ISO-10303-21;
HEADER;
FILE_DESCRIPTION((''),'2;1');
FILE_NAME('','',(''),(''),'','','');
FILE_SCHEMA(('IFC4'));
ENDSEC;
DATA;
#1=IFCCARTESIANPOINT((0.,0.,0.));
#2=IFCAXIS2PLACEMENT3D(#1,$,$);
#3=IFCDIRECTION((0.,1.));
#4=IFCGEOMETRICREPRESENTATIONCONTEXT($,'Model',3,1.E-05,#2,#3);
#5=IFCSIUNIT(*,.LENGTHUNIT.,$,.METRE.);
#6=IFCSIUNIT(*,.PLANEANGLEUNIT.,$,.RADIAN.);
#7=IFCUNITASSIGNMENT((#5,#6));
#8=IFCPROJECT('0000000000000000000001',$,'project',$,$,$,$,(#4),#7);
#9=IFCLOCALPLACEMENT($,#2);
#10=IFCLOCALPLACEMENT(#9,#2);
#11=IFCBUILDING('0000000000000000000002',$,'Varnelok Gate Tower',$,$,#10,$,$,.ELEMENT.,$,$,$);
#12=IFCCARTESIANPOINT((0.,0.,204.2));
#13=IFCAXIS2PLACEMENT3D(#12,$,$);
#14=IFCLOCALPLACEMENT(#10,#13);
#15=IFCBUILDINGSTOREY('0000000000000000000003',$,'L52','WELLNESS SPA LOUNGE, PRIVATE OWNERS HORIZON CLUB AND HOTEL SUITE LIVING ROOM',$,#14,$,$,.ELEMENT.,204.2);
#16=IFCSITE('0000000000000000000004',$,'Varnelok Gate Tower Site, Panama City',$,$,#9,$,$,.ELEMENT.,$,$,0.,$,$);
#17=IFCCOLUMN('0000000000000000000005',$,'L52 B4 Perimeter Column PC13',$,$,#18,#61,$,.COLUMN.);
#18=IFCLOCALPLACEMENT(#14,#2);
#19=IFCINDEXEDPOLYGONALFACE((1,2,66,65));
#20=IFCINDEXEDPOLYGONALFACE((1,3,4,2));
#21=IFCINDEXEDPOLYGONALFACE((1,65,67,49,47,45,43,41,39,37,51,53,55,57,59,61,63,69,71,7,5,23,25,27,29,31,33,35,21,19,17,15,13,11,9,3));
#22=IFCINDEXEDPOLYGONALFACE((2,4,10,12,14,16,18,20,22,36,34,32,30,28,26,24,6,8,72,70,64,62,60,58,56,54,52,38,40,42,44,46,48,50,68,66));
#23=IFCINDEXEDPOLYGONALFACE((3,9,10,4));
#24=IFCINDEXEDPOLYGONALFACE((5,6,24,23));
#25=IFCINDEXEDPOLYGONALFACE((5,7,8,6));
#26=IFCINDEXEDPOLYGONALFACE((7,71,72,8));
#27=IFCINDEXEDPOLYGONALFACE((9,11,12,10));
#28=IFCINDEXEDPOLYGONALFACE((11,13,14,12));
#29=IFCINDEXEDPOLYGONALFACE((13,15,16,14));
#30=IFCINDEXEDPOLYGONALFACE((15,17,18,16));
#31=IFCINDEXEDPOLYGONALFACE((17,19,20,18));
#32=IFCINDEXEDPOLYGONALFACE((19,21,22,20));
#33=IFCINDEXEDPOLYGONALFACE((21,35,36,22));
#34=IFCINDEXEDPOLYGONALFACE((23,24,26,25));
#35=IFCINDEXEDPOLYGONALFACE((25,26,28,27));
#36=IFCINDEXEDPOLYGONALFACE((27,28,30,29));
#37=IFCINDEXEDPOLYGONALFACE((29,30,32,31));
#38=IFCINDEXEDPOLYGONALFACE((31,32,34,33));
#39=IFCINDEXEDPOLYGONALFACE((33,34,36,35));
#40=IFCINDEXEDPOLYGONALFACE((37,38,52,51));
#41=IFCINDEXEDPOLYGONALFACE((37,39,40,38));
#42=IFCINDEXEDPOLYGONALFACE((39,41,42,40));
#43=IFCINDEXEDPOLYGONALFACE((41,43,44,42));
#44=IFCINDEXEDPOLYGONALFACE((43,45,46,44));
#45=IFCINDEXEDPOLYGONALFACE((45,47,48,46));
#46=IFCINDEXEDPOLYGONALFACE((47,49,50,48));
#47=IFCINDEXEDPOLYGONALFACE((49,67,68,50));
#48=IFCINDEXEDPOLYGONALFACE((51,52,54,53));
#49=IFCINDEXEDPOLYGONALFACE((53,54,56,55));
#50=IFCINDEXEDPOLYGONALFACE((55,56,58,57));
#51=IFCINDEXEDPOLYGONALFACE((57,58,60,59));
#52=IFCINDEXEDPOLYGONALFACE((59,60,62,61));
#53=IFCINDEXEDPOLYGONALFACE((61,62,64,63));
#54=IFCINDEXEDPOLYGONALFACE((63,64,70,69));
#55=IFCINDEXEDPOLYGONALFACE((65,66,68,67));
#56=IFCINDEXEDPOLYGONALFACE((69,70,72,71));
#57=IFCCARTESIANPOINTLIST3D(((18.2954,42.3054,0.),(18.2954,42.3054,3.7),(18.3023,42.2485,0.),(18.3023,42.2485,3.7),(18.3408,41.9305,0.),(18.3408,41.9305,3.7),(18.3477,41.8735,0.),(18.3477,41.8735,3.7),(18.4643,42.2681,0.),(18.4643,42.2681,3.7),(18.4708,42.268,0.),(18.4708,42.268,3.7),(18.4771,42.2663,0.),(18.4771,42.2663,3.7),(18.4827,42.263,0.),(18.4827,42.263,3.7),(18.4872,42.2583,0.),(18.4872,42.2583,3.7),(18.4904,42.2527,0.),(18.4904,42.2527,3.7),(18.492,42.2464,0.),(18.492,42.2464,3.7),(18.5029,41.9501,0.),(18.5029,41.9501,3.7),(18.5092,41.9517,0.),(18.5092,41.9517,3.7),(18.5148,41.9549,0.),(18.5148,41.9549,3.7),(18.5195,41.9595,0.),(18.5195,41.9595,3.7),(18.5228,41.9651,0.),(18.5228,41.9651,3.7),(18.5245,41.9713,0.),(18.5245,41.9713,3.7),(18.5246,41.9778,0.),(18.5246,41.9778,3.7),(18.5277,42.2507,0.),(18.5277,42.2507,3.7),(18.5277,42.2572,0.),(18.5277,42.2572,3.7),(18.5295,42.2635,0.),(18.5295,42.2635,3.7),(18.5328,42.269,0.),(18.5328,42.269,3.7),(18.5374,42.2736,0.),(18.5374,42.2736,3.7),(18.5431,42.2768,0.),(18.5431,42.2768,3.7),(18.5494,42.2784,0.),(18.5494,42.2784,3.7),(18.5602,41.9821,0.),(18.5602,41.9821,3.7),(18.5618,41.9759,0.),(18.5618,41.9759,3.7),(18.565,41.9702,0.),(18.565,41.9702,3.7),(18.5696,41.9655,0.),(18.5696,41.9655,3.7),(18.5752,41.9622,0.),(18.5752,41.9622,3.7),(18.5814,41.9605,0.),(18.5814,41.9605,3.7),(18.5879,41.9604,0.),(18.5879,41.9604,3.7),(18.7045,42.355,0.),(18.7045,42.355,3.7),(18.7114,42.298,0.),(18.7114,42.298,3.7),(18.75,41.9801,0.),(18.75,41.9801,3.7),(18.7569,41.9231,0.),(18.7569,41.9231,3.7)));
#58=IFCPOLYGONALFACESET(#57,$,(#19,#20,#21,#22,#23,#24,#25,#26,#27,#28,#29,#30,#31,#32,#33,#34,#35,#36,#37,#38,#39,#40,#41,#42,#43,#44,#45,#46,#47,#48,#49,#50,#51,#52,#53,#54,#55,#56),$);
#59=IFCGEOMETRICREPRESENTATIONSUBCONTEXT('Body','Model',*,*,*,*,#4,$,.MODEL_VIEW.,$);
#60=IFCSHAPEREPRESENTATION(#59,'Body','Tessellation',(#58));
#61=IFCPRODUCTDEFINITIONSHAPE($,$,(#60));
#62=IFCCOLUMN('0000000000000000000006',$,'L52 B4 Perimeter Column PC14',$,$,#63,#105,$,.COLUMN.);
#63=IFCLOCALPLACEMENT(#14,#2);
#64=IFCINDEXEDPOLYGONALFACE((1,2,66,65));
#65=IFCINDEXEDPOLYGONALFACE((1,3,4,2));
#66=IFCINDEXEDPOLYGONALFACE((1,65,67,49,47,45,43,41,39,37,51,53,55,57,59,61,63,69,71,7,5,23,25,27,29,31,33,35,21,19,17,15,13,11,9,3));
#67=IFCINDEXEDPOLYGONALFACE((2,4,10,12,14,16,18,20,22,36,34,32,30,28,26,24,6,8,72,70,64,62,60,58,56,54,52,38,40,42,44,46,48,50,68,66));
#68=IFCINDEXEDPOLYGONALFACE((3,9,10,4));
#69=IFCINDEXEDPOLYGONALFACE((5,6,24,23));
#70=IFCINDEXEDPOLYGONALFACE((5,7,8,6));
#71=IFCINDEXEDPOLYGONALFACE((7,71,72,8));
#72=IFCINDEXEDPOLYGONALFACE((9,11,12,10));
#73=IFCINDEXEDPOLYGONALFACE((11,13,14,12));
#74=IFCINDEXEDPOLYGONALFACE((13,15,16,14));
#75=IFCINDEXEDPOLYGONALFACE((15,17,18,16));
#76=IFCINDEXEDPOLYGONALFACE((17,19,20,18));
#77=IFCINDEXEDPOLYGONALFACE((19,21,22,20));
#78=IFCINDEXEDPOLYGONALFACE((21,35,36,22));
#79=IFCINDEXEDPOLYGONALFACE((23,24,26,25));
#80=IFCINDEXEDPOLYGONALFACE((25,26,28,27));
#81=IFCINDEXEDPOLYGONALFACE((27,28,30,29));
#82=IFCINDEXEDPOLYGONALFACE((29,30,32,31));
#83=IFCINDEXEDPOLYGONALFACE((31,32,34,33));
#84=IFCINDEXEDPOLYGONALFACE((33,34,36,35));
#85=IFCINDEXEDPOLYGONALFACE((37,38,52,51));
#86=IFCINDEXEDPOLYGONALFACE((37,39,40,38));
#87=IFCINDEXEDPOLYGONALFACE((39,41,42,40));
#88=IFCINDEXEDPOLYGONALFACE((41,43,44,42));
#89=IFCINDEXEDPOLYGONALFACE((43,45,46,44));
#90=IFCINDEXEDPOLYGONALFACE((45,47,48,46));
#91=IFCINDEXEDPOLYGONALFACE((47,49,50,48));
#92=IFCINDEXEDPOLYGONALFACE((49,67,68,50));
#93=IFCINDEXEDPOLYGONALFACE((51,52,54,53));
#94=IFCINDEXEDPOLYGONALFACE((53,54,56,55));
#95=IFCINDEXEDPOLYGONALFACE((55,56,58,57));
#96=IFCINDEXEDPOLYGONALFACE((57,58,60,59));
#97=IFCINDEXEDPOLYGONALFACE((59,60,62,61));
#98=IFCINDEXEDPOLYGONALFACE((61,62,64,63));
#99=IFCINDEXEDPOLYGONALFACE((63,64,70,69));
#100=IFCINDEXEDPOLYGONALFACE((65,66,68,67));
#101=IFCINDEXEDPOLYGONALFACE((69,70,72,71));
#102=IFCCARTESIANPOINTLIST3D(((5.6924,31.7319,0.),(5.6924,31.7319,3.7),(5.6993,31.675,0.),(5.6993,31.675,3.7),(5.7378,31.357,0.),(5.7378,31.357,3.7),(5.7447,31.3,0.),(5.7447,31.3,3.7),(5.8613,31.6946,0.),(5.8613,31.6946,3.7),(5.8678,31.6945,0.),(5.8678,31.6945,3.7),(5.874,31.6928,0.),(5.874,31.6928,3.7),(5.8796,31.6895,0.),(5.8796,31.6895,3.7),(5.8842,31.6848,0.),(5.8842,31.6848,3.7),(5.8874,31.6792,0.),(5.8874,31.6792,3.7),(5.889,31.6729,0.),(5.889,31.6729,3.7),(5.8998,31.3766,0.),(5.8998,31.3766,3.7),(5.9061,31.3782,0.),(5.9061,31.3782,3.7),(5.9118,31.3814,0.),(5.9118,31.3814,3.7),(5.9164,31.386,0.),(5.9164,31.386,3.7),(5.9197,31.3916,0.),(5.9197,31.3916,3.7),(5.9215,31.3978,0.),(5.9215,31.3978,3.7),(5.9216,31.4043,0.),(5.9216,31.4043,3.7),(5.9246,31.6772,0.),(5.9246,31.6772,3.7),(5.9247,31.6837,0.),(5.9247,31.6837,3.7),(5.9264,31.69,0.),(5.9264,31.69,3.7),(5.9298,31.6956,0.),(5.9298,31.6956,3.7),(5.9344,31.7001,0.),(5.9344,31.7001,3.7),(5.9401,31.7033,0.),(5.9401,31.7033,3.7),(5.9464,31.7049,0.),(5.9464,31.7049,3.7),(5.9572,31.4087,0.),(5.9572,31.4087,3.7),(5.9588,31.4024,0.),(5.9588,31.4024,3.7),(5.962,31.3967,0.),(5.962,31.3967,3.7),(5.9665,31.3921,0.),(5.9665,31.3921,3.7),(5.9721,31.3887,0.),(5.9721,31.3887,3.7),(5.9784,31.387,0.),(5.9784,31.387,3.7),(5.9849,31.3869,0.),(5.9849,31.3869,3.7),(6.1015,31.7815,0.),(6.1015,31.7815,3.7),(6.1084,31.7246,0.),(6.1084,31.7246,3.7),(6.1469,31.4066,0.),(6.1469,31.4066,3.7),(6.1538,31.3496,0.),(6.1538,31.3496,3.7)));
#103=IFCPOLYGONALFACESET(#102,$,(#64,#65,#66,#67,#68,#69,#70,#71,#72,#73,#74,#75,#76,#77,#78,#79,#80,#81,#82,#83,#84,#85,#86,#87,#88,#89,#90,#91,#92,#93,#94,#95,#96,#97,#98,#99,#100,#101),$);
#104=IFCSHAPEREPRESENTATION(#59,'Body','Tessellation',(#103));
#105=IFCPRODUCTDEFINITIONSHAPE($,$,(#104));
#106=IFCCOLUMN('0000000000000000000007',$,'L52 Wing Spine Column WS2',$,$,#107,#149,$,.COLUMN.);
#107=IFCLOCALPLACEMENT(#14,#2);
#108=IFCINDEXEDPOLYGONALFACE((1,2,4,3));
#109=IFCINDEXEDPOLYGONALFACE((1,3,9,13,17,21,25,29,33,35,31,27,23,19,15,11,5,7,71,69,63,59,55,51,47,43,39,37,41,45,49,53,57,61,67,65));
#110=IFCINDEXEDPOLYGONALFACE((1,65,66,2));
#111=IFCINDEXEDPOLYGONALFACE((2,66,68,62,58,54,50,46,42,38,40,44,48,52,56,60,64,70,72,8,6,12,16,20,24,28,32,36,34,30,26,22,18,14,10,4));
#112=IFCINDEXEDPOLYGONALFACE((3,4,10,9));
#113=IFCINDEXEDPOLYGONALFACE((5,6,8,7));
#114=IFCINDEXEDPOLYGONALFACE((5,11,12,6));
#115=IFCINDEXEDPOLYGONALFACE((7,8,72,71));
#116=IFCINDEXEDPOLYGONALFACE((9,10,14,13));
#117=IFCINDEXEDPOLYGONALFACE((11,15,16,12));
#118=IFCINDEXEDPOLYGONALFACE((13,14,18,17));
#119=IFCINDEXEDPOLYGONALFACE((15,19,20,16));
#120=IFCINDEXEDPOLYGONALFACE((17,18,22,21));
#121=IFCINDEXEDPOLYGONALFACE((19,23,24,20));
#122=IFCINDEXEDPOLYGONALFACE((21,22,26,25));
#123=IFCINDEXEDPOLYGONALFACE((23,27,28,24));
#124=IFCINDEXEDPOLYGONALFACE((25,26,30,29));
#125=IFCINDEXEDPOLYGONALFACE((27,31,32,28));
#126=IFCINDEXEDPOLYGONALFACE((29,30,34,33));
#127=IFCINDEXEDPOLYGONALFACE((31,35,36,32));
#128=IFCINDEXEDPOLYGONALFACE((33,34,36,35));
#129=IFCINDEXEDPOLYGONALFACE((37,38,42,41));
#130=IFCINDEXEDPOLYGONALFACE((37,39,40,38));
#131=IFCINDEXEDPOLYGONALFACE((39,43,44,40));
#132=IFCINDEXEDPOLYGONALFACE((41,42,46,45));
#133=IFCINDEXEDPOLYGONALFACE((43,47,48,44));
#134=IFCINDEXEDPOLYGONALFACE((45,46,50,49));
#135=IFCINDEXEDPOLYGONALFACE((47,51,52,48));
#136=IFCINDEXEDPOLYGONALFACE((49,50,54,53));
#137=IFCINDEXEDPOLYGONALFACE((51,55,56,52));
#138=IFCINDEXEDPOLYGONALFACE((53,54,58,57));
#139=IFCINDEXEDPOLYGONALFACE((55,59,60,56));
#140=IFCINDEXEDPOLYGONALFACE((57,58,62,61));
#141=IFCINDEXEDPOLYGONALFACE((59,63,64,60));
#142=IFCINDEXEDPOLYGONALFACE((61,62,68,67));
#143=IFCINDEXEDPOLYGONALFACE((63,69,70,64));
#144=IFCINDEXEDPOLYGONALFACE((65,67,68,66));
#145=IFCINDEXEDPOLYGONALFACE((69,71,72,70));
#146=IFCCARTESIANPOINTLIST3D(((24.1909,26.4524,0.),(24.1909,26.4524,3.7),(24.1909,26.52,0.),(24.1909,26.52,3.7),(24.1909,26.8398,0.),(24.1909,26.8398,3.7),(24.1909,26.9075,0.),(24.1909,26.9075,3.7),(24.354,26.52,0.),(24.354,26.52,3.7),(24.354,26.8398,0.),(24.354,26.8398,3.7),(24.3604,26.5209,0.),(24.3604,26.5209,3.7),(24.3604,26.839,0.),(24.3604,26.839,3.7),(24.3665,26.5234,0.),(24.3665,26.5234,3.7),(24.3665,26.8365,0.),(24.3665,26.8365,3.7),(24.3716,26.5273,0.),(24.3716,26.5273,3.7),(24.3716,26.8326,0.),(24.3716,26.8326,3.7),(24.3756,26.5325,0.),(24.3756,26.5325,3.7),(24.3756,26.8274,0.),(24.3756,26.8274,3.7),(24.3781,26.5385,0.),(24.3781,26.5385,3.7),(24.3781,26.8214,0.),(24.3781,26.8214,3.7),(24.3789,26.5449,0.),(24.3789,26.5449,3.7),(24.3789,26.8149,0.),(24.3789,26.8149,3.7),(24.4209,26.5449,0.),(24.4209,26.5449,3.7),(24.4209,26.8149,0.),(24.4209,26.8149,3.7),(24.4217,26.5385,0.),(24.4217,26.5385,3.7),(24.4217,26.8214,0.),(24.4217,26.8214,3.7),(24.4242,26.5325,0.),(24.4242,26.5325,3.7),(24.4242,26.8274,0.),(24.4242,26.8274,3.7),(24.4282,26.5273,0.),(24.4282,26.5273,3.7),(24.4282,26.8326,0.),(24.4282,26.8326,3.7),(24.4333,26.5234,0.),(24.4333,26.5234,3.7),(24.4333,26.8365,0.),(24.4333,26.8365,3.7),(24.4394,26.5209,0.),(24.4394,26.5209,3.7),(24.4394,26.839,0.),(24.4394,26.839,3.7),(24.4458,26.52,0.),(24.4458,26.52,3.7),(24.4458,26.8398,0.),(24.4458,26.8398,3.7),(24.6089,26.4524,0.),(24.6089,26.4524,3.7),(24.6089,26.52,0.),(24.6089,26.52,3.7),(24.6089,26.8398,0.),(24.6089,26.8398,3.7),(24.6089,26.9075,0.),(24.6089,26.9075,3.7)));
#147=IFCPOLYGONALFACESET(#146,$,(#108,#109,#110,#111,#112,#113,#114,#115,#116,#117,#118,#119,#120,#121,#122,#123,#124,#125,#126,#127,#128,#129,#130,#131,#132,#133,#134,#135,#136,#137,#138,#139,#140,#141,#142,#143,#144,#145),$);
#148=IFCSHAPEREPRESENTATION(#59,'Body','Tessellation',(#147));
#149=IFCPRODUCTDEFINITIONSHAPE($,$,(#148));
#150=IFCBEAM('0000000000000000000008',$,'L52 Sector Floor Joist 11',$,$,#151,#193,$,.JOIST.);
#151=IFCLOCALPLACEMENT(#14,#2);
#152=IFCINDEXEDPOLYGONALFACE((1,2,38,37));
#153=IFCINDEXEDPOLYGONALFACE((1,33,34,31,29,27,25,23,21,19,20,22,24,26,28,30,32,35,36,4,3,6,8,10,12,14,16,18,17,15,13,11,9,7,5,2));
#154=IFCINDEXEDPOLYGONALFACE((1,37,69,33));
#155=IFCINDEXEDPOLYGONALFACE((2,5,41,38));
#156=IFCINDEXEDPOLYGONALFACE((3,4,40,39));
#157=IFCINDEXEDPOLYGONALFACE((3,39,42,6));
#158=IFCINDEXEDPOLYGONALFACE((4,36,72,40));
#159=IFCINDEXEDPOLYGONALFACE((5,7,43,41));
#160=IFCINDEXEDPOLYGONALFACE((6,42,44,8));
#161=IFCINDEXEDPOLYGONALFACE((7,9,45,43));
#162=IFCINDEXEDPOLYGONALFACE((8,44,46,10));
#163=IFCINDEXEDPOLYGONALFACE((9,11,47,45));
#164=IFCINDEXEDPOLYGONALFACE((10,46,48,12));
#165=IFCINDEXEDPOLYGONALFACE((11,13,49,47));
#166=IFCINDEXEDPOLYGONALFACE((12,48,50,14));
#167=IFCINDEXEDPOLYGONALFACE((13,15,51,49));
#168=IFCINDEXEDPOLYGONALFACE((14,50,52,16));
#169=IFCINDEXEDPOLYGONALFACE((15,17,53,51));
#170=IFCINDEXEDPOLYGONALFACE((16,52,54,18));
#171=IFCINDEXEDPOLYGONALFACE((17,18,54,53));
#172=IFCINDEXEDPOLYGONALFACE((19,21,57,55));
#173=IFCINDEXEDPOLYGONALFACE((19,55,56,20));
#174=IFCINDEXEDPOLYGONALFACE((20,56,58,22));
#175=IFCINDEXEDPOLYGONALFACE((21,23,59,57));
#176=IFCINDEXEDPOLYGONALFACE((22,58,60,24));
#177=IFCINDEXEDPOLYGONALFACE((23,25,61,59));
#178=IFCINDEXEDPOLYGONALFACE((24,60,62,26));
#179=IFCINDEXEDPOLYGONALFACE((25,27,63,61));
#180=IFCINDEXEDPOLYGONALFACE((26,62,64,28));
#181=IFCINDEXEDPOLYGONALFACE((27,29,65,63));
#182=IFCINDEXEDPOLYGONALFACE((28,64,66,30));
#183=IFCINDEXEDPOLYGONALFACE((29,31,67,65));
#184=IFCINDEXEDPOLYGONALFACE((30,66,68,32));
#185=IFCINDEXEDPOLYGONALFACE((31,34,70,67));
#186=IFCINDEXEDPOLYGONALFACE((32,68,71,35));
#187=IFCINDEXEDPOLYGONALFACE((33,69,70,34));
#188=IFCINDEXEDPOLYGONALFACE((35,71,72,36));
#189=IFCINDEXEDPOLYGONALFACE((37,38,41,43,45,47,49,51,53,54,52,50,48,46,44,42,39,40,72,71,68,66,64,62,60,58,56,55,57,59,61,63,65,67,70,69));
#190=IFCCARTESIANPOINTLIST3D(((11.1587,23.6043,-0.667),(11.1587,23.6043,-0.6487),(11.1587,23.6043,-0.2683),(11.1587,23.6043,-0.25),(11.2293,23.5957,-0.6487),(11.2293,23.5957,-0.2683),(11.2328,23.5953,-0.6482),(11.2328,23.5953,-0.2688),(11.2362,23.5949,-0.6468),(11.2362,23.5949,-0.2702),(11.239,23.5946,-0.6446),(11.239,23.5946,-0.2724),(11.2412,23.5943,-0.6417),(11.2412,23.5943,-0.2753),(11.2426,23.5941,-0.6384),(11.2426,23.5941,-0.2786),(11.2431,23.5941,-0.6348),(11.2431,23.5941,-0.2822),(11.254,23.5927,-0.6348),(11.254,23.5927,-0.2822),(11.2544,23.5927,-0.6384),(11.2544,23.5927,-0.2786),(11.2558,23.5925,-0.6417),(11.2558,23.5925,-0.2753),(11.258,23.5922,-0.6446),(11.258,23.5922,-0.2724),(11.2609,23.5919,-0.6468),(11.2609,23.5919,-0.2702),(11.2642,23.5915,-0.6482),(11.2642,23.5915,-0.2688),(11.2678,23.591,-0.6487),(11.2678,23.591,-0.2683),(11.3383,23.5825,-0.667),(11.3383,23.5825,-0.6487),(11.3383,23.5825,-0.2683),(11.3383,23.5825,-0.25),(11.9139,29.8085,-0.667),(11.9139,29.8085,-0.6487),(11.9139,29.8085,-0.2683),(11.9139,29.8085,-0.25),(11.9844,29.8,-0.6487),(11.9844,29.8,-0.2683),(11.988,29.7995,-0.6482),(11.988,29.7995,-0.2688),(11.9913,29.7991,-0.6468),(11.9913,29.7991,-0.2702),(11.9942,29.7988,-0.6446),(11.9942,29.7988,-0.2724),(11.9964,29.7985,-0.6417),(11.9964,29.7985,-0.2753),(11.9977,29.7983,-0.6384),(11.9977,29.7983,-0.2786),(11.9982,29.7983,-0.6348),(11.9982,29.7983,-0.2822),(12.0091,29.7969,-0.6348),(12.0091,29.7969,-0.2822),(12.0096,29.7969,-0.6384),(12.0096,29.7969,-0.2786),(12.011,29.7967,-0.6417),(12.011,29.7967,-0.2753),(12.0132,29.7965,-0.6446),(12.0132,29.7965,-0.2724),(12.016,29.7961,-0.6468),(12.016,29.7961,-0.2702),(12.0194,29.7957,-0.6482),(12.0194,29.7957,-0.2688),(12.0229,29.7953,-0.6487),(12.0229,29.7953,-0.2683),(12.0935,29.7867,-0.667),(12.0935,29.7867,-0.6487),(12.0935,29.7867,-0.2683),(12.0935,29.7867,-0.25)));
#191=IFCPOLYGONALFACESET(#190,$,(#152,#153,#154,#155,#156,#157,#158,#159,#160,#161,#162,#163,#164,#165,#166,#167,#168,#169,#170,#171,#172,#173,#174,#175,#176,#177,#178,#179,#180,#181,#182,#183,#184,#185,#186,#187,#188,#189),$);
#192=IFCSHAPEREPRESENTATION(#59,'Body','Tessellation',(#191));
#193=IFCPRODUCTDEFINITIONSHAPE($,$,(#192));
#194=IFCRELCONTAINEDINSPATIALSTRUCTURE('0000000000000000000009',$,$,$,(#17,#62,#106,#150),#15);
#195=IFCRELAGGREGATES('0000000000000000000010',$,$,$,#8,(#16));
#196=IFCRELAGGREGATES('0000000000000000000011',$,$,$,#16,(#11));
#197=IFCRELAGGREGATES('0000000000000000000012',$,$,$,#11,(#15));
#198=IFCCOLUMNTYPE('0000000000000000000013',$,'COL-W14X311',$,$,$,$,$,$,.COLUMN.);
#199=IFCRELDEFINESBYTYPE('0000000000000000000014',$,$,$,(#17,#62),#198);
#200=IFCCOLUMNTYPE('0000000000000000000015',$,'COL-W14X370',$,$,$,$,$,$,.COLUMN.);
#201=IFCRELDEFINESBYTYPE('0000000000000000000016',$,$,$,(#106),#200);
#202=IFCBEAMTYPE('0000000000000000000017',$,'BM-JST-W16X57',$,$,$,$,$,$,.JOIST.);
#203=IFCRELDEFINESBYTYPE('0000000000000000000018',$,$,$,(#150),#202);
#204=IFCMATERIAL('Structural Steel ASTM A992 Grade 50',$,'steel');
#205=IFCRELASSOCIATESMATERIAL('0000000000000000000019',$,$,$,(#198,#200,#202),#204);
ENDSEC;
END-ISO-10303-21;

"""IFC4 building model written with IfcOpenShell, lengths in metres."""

from ifc_helpers import new_model, si_unit, direction, frame, origin, origin_2d, place, context, subcontext, project, spatial, i_section, extrude, material, material_profile, profile_set, type_object, element, save


model = new_model("IFC4")

# Units and contexts
model_context = context("Model", 3, precision=1e-05, world=origin(), true_north=direction((0.0, 1.0)))
body_context = subcontext(model_context, "Body", "Model", "MODEL_VIEW")
ifc_project = project(units=[si_unit("LENGTHUNIT", "METRE"), si_unit("PLANEANGLEUNIT", "RADIAN")], contexts=[model_context])

# Site, building, storey
site_placement = place(None, origin())
site = spatial("IfcSite", under=ifc_project, at=site_placement, Name="Varnelok Gate Tower Site, Panama City", CompositionType="ELEMENT", RefElevation=0.0)
building_placement = place(site_placement, origin())
building = spatial("IfcBuilding", under=site, at=building_placement, Name="Varnelok Gate Tower", CompositionType="ELEMENT")
storey_placement = place(building_placement, frame((0.0, 0.0, 204.2)))
storey = spatial("IfcBuildingStorey", under=building, at=storey_placement, Name="L52", Description="WELLNESS SPA LOUNGE, PRIVATE OWNERS HORIZON CLUB AND HOTEL SUITE LIVING ROOM", CompositionType="ELEMENT", Elevation=204.2)

# Columns
ifc_material_1 = material(Name="Structural Steel ASTM A992 Grade 50", Category="steel")
ifc_material_profile_1 = material_profile(ifc_material_1, i_section(OverallWidth=0.4121, OverallDepth=0.4351, WebThickness=0.0359, FlangeThickness=0.0574, FilletRadius=0.0249, at=origin_2d()), Name="W14X311")
ifc_profile_set_1 = profile_set([ifc_material_profile_1], Name="Structural Steel ASTM A992 Grade 50")
column_type_1 = type_object("IfcColumnType", Name="COL-W14X311", PredefinedType="COLUMN", material=ifc_profile_set_1)
for number, where, z_axis, x_axis, name in (
    (1, (18.5261, 42.1143, 0.0), (0.0, 0.0, 1.0), (0.992732, 0.120345, 0.0), "L52 B4 Perimeter Column PC13"),
    (2, (5.9231, 31.5408, 0.0), (0.0, 0.0, 1.0), (0.992732, 0.120345, 0.0), "L52 B4 Perimeter Column PC14"),
):
    element("IfcColumn", number, at=place(storey_placement, frame(where, z_axis=z_axis, x_axis=x_axis)), inside=storey, type_object=column_type_1, Name=name, PredefinedType="COLUMN", context=body_context, shape_type="SweptSolid", body=[
        extrude(i_section(OverallWidth=0.4121, OverallDepth=0.4351, WebThickness=0.0359, FlangeThickness=0.0574, FilletRadius=0.0249, at=origin_2d()), origin(), (0.0, 0.0, 1.0), 3.7),
    ])
ifc_material_profile_2 = material_profile(ifc_material_1, i_section(OverallWidth=0.418, OverallDepth=0.4551, WebThickness=0.042, FlangeThickness=0.0676, FilletRadius=0.0249, at=origin_2d()), Name="W14X370")
ifc_profile_set_2 = profile_set([ifc_material_profile_2], Name="Structural Steel ASTM A992 Grade 50")
column_type_2 = type_object("IfcColumnType", Name="COL-W14X370", PredefinedType="COLUMN", material=ifc_profile_set_2)
column_placement = place(storey_placement, frame((24.3999, 26.6799, 0.0), z_axis=(0.0, 0.0, 1.0), x_axis=(1.0, 0.0, 0.0)))
element("IfcColumn", 3, at=column_placement, inside=storey, type_object=column_type_2, Name="L52 Wing Spine Column WS2", PredefinedType="COLUMN", context=body_context, shape_type="SweptSolid", body=[
    extrude(i_section(OverallWidth=0.418, OverallDepth=0.4551, WebThickness=0.042, FlangeThickness=0.0676, FilletRadius=0.0249, at=origin_2d()), origin(), (0.0, 0.0, 1.0), 3.7),
])

# Beam
ifc_material_profile_3 = material_profile(ifc_material_1, i_section(OverallWidth=0.1809, OverallDepth=0.417, WebThickness=0.011, FlangeThickness=0.0183, FilletRadius=0.0139, at=origin_2d()), Name="W16X57")
ifc_profile_set_3 = profile_set([ifc_material_profile_3], Name="Structural Steel ASTM A992 Grade 50")
beam_type_1 = type_object("IfcBeamType", Name="BM-JST-W16X57", PredefinedType="JOIST", material=ifc_profile_set_3)
beam_1_placement = place(storey_placement, frame((12.0037, 29.7976, -0.4585), z_axis=(-0.120822, -0.992674, 0.0), x_axis=(0.992674, -0.120822, 0.0)))
element("IfcBeam", 4, at=beam_1_placement, inside=storey, type_object=beam_type_1, Name="L52 Sector Floor Joist 11", PredefinedType="JOIST", context=body_context, shape_type="SweptSolid", body=[
    extrude(i_section(OverallWidth=0.1809, OverallDepth=0.417, WebThickness=0.011, FlangeThickness=0.0183, FilletRadius=0.0139, at=origin_2d()), origin(), (0.0, 0.0, 1.0), 6.25),
])

save(model, "model.ifc")
